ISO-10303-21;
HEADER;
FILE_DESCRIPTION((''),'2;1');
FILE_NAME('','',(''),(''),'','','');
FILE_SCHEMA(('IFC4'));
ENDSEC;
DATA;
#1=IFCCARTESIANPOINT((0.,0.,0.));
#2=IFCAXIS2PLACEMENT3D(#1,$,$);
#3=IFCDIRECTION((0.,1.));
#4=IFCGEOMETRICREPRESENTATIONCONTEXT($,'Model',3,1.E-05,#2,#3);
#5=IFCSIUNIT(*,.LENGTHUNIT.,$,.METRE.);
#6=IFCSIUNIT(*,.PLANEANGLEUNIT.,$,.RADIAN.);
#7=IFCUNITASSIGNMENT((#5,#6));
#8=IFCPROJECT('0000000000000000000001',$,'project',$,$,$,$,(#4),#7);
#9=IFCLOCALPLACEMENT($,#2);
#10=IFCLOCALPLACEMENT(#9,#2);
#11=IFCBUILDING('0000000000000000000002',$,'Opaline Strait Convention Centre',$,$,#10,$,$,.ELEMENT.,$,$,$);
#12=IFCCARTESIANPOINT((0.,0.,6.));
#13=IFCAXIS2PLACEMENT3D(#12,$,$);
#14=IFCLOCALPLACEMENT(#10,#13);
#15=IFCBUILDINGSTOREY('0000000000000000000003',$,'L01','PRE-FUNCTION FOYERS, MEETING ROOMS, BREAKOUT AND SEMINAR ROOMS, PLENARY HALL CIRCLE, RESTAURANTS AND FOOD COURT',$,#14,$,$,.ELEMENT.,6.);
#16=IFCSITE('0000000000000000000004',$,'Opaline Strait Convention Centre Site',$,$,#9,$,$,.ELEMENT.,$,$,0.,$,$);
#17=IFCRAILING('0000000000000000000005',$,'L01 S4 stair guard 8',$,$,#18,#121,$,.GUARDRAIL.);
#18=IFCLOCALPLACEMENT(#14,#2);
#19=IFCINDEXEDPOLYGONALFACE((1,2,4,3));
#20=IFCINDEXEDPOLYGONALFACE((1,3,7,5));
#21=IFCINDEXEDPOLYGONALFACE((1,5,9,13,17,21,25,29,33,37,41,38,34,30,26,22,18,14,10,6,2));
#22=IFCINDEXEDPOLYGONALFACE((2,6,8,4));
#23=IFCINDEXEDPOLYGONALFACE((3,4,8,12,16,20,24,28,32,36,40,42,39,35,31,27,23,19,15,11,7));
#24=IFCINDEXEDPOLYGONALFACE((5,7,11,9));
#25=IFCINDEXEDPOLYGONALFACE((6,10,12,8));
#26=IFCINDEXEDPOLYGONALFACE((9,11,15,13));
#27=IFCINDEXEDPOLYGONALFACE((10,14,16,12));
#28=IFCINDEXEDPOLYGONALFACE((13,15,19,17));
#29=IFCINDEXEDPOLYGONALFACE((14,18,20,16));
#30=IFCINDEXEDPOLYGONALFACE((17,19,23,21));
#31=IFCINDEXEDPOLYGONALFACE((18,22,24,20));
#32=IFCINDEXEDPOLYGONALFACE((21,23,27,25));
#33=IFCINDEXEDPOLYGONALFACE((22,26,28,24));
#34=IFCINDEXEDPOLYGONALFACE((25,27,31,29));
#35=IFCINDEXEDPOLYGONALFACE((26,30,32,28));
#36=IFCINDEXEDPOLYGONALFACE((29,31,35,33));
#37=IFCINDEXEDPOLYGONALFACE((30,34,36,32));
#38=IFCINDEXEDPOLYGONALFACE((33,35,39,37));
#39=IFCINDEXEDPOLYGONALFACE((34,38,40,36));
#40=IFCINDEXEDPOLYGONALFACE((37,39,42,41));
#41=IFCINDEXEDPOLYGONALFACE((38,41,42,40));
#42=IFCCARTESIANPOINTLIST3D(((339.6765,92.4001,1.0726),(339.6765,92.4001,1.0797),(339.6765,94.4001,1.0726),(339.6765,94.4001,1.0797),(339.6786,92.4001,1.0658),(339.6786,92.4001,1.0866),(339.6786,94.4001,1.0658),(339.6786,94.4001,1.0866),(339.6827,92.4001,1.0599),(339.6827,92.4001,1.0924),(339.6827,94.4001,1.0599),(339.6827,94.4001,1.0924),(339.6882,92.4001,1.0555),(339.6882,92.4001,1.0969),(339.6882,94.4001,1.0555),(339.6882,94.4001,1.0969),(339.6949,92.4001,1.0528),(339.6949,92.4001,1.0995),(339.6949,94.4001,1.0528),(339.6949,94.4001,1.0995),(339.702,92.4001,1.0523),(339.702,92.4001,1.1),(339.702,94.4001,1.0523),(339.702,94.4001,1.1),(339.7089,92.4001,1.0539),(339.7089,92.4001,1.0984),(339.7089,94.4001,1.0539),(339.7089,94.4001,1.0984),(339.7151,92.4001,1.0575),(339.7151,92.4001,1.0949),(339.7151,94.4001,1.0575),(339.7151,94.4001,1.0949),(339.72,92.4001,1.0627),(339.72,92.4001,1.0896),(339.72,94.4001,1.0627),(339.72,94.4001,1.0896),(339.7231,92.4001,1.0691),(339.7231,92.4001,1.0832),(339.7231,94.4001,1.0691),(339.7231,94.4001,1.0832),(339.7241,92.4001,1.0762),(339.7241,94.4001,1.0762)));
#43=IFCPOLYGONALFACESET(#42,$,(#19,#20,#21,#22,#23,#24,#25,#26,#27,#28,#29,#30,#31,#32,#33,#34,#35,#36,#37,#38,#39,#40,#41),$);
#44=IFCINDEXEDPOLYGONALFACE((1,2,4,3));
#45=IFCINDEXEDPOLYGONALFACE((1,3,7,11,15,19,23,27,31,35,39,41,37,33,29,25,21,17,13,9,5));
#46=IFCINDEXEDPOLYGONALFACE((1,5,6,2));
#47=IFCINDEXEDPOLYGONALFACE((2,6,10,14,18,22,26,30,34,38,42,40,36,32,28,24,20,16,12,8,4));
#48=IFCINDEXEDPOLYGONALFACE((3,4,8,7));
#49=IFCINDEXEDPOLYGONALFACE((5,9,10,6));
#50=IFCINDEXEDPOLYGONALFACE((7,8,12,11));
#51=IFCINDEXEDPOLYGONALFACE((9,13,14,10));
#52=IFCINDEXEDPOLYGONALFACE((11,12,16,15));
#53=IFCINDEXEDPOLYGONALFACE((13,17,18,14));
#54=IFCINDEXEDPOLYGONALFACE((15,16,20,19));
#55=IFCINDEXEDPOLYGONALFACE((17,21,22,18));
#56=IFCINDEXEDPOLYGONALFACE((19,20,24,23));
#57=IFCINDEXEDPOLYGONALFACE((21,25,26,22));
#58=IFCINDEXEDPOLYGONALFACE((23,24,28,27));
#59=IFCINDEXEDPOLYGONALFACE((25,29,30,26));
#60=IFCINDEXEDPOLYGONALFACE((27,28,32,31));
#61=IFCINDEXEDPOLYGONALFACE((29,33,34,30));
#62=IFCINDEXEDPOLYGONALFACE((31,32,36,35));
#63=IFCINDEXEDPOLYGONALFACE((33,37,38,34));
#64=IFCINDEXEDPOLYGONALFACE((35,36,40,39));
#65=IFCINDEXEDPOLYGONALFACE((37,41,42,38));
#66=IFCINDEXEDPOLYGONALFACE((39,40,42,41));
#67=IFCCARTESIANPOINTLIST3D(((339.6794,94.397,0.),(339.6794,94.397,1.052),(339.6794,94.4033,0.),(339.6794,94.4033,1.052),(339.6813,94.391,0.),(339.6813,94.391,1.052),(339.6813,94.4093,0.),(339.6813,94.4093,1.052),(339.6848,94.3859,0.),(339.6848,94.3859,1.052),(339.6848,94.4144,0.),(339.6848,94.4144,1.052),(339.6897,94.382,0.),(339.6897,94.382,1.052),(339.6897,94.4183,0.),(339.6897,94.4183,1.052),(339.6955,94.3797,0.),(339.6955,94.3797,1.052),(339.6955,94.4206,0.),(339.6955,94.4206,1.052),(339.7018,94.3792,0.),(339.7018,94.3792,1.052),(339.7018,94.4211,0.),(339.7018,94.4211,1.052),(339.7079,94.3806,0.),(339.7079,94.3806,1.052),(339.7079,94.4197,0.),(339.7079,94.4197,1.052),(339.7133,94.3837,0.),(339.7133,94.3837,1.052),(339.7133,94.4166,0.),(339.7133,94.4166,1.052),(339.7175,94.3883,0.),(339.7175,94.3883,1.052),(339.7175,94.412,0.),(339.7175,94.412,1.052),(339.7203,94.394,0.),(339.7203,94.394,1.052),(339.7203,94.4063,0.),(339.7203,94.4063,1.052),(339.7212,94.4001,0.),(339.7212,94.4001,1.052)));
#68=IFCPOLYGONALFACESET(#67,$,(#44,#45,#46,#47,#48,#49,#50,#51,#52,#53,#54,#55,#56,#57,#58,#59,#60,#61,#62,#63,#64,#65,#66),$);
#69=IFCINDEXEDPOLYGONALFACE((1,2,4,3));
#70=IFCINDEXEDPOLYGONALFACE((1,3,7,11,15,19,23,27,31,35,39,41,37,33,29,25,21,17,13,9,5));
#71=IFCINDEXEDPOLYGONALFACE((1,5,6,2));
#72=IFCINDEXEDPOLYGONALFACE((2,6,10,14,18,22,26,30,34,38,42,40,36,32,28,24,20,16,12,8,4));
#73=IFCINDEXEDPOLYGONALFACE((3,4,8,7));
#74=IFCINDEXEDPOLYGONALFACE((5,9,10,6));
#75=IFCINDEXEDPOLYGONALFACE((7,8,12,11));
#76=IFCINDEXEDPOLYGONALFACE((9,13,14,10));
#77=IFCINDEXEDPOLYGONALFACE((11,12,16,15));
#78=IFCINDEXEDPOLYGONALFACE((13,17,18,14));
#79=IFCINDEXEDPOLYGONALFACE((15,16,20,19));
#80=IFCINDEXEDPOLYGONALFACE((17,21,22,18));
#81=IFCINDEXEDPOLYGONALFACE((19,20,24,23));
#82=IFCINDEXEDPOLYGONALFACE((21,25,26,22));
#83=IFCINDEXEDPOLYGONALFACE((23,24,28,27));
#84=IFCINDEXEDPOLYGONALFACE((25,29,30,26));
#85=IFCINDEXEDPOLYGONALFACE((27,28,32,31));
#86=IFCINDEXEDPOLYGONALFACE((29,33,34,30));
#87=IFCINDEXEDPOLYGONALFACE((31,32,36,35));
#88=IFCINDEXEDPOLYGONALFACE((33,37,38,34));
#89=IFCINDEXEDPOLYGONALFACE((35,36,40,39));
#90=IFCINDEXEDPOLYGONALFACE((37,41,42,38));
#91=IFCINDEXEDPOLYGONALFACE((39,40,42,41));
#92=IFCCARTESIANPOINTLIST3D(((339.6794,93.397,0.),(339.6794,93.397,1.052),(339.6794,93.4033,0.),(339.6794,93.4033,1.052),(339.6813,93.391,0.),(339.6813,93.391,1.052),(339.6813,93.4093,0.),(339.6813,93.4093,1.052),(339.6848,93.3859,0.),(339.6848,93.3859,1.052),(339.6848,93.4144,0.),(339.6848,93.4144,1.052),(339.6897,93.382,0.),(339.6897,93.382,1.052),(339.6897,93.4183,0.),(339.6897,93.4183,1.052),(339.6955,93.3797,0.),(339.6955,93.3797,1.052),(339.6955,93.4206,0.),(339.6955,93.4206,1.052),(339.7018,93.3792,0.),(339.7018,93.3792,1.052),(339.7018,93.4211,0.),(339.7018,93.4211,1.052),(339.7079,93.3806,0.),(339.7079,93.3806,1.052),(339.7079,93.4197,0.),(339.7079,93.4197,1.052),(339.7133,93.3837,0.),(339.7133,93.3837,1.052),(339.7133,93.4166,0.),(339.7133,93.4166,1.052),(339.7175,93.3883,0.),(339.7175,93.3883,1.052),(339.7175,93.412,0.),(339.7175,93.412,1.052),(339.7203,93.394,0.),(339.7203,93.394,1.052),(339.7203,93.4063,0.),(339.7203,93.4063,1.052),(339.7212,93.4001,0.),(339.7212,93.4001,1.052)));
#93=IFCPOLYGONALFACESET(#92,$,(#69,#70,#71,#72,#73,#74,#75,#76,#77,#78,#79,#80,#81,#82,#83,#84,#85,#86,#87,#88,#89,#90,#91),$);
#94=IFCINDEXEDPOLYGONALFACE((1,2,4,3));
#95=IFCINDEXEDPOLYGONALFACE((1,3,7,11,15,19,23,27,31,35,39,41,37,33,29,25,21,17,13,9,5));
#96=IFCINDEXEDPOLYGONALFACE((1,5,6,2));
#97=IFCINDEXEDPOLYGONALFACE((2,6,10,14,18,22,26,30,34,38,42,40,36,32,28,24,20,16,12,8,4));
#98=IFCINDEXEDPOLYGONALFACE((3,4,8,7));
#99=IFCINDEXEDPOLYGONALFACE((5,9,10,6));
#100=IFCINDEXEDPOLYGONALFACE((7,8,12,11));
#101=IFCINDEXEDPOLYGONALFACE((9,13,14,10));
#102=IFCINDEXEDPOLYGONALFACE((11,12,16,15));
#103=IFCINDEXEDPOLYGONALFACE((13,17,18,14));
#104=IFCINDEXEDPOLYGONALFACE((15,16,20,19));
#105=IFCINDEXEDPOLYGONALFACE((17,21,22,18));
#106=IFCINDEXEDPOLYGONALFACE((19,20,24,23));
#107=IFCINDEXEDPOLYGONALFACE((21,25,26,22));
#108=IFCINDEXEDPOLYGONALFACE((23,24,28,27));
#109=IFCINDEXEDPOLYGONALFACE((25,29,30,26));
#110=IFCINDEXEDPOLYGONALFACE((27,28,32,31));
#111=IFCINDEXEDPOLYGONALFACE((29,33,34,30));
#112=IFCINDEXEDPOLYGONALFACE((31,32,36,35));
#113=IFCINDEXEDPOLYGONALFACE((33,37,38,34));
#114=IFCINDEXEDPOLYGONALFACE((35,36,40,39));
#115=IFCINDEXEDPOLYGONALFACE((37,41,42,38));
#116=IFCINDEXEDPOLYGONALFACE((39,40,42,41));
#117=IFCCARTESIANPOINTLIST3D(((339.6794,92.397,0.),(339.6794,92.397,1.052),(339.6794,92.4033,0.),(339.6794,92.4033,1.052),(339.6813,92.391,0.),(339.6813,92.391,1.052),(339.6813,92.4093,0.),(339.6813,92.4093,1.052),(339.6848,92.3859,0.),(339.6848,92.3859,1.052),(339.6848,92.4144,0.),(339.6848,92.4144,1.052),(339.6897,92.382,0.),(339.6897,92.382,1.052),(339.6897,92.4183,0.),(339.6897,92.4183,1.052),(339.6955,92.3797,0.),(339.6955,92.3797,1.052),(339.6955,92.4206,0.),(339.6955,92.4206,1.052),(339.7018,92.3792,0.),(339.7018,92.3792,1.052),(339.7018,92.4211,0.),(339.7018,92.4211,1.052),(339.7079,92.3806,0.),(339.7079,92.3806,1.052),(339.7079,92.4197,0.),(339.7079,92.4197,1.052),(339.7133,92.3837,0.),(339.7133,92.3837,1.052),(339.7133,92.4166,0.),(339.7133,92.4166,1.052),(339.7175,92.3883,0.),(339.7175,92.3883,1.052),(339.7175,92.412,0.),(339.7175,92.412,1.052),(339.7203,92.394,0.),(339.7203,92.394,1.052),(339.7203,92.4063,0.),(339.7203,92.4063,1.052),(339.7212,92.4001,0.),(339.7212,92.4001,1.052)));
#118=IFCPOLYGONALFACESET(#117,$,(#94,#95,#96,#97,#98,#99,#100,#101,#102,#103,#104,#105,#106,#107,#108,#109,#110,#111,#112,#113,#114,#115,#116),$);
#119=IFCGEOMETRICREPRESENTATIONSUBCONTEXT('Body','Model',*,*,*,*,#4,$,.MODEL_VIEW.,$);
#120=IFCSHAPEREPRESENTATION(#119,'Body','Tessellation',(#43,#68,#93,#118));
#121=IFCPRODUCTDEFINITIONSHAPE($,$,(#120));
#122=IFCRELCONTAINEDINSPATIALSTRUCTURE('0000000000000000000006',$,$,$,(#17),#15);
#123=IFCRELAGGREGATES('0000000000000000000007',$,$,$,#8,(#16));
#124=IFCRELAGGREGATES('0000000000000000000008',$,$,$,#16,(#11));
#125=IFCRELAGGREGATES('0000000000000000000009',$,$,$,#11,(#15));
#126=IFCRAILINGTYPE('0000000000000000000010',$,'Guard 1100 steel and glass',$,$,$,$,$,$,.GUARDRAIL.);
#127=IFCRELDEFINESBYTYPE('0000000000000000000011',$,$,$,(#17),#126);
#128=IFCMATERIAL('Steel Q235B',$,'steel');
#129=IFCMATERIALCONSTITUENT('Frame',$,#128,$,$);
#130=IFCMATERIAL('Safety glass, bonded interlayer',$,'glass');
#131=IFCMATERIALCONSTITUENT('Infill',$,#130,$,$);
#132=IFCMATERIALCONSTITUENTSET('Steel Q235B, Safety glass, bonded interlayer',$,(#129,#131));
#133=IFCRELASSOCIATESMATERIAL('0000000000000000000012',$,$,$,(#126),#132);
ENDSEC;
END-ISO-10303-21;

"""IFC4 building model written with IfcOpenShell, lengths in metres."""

from ifc_helpers import new_model, si_unit, direction, frame, origin, origin_2d, place, context, subcontext, project, spatial, circle, extrude, material, constituent, constituent_set, type_object, element, save


model = new_model("IFC4")

# Units and contexts
model_context = context("Model", 3, precision=1e-05, world=origin(), true_north=direction((0.0, 1.0)))
body_context = subcontext(model_context, "Body", "Model", "MODEL_VIEW")
ifc_project = project(units=[si_unit("LENGTHUNIT", "METRE"), si_unit("PLANEANGLEUNIT", "RADIAN")], contexts=[model_context])

# Site, building, storey
site_placement = place(None, origin())
site = spatial("IfcSite", under=ifc_project, at=site_placement, Name="Opaline Strait Convention Centre Site", CompositionType="ELEMENT", RefElevation=0.0)
building_placement = place(site_placement, origin())
building = spatial("IfcBuilding", under=site, at=building_placement, Name="Opaline Strait Convention Centre", CompositionType="ELEMENT")
storey_placement = place(building_placement, frame((0.0, 0.0, 6.0)))
storey = spatial("IfcBuildingStorey", under=building, at=storey_placement, Name="L01", Description="PRE-FUNCTION FOYERS, MEETING ROOMS, BREAKOUT AND SEMINAR ROOMS, PLENARY HALL CIRCLE, RESTAURANTS AND FOOD COURT", CompositionType="ELEMENT", Elevation=6.0)

# Railing
ifc_material_1 = material(Name="Steel Q235B", Category="steel")
ifc_constituent_1 = constituent(ifc_material_1, Name="Frame")
ifc_material_2 = material(Name="Safety glass, bonded interlayer", Category="glass")
ifc_constituent_2 = constituent(ifc_material_2, Name="Infill")
ifc_constituent_set = constituent_set(constituents=[ifc_constituent_1, ifc_constituent_2], Name="Steel Q235B, Safety glass, bonded interlayer")
railing_type_1 = type_object("IfcRailingType", Name="Guard 1100 steel and glass", PredefinedType="GUARDRAIL", material=ifc_constituent_set)
railing_1_placement = place(storey_placement, frame((339.7002, 94.4001, 0.0)))
element("IfcRailing", 1, at=railing_1_placement, inside=storey, type_object=railing_type_1, Name="L01 S4 stair guard 8", PredefinedType="GUARDRAIL", context=body_context, shape_type="SweptSolid", body=[
    extrude(circle(Radius=0.0239, at=origin_2d()), frame((0.0, 0.0, 1.0762), z_axis=(0.0, -1.0, 0.0), x_axis=(1.0, 0.0, 0.0)), (0.0, 0.0, 1.0), 2.0),
    extrude(circle(Radius=0.021, at=origin_2d()), origin(), (0.0, 0.0, 1.0), 1.052),
    extrude(circle(Radius=0.021, at=origin_2d()), frame((0.0, -1.0, 0.0)), (0.0, 0.0, 1.0), 1.052),
    extrude(circle(Radius=0.021, at=origin_2d()), frame((0.0, -2.0, 0.0)), (0.0, 0.0, 1.0), 1.052),
])

save(model, "model.ifc")
